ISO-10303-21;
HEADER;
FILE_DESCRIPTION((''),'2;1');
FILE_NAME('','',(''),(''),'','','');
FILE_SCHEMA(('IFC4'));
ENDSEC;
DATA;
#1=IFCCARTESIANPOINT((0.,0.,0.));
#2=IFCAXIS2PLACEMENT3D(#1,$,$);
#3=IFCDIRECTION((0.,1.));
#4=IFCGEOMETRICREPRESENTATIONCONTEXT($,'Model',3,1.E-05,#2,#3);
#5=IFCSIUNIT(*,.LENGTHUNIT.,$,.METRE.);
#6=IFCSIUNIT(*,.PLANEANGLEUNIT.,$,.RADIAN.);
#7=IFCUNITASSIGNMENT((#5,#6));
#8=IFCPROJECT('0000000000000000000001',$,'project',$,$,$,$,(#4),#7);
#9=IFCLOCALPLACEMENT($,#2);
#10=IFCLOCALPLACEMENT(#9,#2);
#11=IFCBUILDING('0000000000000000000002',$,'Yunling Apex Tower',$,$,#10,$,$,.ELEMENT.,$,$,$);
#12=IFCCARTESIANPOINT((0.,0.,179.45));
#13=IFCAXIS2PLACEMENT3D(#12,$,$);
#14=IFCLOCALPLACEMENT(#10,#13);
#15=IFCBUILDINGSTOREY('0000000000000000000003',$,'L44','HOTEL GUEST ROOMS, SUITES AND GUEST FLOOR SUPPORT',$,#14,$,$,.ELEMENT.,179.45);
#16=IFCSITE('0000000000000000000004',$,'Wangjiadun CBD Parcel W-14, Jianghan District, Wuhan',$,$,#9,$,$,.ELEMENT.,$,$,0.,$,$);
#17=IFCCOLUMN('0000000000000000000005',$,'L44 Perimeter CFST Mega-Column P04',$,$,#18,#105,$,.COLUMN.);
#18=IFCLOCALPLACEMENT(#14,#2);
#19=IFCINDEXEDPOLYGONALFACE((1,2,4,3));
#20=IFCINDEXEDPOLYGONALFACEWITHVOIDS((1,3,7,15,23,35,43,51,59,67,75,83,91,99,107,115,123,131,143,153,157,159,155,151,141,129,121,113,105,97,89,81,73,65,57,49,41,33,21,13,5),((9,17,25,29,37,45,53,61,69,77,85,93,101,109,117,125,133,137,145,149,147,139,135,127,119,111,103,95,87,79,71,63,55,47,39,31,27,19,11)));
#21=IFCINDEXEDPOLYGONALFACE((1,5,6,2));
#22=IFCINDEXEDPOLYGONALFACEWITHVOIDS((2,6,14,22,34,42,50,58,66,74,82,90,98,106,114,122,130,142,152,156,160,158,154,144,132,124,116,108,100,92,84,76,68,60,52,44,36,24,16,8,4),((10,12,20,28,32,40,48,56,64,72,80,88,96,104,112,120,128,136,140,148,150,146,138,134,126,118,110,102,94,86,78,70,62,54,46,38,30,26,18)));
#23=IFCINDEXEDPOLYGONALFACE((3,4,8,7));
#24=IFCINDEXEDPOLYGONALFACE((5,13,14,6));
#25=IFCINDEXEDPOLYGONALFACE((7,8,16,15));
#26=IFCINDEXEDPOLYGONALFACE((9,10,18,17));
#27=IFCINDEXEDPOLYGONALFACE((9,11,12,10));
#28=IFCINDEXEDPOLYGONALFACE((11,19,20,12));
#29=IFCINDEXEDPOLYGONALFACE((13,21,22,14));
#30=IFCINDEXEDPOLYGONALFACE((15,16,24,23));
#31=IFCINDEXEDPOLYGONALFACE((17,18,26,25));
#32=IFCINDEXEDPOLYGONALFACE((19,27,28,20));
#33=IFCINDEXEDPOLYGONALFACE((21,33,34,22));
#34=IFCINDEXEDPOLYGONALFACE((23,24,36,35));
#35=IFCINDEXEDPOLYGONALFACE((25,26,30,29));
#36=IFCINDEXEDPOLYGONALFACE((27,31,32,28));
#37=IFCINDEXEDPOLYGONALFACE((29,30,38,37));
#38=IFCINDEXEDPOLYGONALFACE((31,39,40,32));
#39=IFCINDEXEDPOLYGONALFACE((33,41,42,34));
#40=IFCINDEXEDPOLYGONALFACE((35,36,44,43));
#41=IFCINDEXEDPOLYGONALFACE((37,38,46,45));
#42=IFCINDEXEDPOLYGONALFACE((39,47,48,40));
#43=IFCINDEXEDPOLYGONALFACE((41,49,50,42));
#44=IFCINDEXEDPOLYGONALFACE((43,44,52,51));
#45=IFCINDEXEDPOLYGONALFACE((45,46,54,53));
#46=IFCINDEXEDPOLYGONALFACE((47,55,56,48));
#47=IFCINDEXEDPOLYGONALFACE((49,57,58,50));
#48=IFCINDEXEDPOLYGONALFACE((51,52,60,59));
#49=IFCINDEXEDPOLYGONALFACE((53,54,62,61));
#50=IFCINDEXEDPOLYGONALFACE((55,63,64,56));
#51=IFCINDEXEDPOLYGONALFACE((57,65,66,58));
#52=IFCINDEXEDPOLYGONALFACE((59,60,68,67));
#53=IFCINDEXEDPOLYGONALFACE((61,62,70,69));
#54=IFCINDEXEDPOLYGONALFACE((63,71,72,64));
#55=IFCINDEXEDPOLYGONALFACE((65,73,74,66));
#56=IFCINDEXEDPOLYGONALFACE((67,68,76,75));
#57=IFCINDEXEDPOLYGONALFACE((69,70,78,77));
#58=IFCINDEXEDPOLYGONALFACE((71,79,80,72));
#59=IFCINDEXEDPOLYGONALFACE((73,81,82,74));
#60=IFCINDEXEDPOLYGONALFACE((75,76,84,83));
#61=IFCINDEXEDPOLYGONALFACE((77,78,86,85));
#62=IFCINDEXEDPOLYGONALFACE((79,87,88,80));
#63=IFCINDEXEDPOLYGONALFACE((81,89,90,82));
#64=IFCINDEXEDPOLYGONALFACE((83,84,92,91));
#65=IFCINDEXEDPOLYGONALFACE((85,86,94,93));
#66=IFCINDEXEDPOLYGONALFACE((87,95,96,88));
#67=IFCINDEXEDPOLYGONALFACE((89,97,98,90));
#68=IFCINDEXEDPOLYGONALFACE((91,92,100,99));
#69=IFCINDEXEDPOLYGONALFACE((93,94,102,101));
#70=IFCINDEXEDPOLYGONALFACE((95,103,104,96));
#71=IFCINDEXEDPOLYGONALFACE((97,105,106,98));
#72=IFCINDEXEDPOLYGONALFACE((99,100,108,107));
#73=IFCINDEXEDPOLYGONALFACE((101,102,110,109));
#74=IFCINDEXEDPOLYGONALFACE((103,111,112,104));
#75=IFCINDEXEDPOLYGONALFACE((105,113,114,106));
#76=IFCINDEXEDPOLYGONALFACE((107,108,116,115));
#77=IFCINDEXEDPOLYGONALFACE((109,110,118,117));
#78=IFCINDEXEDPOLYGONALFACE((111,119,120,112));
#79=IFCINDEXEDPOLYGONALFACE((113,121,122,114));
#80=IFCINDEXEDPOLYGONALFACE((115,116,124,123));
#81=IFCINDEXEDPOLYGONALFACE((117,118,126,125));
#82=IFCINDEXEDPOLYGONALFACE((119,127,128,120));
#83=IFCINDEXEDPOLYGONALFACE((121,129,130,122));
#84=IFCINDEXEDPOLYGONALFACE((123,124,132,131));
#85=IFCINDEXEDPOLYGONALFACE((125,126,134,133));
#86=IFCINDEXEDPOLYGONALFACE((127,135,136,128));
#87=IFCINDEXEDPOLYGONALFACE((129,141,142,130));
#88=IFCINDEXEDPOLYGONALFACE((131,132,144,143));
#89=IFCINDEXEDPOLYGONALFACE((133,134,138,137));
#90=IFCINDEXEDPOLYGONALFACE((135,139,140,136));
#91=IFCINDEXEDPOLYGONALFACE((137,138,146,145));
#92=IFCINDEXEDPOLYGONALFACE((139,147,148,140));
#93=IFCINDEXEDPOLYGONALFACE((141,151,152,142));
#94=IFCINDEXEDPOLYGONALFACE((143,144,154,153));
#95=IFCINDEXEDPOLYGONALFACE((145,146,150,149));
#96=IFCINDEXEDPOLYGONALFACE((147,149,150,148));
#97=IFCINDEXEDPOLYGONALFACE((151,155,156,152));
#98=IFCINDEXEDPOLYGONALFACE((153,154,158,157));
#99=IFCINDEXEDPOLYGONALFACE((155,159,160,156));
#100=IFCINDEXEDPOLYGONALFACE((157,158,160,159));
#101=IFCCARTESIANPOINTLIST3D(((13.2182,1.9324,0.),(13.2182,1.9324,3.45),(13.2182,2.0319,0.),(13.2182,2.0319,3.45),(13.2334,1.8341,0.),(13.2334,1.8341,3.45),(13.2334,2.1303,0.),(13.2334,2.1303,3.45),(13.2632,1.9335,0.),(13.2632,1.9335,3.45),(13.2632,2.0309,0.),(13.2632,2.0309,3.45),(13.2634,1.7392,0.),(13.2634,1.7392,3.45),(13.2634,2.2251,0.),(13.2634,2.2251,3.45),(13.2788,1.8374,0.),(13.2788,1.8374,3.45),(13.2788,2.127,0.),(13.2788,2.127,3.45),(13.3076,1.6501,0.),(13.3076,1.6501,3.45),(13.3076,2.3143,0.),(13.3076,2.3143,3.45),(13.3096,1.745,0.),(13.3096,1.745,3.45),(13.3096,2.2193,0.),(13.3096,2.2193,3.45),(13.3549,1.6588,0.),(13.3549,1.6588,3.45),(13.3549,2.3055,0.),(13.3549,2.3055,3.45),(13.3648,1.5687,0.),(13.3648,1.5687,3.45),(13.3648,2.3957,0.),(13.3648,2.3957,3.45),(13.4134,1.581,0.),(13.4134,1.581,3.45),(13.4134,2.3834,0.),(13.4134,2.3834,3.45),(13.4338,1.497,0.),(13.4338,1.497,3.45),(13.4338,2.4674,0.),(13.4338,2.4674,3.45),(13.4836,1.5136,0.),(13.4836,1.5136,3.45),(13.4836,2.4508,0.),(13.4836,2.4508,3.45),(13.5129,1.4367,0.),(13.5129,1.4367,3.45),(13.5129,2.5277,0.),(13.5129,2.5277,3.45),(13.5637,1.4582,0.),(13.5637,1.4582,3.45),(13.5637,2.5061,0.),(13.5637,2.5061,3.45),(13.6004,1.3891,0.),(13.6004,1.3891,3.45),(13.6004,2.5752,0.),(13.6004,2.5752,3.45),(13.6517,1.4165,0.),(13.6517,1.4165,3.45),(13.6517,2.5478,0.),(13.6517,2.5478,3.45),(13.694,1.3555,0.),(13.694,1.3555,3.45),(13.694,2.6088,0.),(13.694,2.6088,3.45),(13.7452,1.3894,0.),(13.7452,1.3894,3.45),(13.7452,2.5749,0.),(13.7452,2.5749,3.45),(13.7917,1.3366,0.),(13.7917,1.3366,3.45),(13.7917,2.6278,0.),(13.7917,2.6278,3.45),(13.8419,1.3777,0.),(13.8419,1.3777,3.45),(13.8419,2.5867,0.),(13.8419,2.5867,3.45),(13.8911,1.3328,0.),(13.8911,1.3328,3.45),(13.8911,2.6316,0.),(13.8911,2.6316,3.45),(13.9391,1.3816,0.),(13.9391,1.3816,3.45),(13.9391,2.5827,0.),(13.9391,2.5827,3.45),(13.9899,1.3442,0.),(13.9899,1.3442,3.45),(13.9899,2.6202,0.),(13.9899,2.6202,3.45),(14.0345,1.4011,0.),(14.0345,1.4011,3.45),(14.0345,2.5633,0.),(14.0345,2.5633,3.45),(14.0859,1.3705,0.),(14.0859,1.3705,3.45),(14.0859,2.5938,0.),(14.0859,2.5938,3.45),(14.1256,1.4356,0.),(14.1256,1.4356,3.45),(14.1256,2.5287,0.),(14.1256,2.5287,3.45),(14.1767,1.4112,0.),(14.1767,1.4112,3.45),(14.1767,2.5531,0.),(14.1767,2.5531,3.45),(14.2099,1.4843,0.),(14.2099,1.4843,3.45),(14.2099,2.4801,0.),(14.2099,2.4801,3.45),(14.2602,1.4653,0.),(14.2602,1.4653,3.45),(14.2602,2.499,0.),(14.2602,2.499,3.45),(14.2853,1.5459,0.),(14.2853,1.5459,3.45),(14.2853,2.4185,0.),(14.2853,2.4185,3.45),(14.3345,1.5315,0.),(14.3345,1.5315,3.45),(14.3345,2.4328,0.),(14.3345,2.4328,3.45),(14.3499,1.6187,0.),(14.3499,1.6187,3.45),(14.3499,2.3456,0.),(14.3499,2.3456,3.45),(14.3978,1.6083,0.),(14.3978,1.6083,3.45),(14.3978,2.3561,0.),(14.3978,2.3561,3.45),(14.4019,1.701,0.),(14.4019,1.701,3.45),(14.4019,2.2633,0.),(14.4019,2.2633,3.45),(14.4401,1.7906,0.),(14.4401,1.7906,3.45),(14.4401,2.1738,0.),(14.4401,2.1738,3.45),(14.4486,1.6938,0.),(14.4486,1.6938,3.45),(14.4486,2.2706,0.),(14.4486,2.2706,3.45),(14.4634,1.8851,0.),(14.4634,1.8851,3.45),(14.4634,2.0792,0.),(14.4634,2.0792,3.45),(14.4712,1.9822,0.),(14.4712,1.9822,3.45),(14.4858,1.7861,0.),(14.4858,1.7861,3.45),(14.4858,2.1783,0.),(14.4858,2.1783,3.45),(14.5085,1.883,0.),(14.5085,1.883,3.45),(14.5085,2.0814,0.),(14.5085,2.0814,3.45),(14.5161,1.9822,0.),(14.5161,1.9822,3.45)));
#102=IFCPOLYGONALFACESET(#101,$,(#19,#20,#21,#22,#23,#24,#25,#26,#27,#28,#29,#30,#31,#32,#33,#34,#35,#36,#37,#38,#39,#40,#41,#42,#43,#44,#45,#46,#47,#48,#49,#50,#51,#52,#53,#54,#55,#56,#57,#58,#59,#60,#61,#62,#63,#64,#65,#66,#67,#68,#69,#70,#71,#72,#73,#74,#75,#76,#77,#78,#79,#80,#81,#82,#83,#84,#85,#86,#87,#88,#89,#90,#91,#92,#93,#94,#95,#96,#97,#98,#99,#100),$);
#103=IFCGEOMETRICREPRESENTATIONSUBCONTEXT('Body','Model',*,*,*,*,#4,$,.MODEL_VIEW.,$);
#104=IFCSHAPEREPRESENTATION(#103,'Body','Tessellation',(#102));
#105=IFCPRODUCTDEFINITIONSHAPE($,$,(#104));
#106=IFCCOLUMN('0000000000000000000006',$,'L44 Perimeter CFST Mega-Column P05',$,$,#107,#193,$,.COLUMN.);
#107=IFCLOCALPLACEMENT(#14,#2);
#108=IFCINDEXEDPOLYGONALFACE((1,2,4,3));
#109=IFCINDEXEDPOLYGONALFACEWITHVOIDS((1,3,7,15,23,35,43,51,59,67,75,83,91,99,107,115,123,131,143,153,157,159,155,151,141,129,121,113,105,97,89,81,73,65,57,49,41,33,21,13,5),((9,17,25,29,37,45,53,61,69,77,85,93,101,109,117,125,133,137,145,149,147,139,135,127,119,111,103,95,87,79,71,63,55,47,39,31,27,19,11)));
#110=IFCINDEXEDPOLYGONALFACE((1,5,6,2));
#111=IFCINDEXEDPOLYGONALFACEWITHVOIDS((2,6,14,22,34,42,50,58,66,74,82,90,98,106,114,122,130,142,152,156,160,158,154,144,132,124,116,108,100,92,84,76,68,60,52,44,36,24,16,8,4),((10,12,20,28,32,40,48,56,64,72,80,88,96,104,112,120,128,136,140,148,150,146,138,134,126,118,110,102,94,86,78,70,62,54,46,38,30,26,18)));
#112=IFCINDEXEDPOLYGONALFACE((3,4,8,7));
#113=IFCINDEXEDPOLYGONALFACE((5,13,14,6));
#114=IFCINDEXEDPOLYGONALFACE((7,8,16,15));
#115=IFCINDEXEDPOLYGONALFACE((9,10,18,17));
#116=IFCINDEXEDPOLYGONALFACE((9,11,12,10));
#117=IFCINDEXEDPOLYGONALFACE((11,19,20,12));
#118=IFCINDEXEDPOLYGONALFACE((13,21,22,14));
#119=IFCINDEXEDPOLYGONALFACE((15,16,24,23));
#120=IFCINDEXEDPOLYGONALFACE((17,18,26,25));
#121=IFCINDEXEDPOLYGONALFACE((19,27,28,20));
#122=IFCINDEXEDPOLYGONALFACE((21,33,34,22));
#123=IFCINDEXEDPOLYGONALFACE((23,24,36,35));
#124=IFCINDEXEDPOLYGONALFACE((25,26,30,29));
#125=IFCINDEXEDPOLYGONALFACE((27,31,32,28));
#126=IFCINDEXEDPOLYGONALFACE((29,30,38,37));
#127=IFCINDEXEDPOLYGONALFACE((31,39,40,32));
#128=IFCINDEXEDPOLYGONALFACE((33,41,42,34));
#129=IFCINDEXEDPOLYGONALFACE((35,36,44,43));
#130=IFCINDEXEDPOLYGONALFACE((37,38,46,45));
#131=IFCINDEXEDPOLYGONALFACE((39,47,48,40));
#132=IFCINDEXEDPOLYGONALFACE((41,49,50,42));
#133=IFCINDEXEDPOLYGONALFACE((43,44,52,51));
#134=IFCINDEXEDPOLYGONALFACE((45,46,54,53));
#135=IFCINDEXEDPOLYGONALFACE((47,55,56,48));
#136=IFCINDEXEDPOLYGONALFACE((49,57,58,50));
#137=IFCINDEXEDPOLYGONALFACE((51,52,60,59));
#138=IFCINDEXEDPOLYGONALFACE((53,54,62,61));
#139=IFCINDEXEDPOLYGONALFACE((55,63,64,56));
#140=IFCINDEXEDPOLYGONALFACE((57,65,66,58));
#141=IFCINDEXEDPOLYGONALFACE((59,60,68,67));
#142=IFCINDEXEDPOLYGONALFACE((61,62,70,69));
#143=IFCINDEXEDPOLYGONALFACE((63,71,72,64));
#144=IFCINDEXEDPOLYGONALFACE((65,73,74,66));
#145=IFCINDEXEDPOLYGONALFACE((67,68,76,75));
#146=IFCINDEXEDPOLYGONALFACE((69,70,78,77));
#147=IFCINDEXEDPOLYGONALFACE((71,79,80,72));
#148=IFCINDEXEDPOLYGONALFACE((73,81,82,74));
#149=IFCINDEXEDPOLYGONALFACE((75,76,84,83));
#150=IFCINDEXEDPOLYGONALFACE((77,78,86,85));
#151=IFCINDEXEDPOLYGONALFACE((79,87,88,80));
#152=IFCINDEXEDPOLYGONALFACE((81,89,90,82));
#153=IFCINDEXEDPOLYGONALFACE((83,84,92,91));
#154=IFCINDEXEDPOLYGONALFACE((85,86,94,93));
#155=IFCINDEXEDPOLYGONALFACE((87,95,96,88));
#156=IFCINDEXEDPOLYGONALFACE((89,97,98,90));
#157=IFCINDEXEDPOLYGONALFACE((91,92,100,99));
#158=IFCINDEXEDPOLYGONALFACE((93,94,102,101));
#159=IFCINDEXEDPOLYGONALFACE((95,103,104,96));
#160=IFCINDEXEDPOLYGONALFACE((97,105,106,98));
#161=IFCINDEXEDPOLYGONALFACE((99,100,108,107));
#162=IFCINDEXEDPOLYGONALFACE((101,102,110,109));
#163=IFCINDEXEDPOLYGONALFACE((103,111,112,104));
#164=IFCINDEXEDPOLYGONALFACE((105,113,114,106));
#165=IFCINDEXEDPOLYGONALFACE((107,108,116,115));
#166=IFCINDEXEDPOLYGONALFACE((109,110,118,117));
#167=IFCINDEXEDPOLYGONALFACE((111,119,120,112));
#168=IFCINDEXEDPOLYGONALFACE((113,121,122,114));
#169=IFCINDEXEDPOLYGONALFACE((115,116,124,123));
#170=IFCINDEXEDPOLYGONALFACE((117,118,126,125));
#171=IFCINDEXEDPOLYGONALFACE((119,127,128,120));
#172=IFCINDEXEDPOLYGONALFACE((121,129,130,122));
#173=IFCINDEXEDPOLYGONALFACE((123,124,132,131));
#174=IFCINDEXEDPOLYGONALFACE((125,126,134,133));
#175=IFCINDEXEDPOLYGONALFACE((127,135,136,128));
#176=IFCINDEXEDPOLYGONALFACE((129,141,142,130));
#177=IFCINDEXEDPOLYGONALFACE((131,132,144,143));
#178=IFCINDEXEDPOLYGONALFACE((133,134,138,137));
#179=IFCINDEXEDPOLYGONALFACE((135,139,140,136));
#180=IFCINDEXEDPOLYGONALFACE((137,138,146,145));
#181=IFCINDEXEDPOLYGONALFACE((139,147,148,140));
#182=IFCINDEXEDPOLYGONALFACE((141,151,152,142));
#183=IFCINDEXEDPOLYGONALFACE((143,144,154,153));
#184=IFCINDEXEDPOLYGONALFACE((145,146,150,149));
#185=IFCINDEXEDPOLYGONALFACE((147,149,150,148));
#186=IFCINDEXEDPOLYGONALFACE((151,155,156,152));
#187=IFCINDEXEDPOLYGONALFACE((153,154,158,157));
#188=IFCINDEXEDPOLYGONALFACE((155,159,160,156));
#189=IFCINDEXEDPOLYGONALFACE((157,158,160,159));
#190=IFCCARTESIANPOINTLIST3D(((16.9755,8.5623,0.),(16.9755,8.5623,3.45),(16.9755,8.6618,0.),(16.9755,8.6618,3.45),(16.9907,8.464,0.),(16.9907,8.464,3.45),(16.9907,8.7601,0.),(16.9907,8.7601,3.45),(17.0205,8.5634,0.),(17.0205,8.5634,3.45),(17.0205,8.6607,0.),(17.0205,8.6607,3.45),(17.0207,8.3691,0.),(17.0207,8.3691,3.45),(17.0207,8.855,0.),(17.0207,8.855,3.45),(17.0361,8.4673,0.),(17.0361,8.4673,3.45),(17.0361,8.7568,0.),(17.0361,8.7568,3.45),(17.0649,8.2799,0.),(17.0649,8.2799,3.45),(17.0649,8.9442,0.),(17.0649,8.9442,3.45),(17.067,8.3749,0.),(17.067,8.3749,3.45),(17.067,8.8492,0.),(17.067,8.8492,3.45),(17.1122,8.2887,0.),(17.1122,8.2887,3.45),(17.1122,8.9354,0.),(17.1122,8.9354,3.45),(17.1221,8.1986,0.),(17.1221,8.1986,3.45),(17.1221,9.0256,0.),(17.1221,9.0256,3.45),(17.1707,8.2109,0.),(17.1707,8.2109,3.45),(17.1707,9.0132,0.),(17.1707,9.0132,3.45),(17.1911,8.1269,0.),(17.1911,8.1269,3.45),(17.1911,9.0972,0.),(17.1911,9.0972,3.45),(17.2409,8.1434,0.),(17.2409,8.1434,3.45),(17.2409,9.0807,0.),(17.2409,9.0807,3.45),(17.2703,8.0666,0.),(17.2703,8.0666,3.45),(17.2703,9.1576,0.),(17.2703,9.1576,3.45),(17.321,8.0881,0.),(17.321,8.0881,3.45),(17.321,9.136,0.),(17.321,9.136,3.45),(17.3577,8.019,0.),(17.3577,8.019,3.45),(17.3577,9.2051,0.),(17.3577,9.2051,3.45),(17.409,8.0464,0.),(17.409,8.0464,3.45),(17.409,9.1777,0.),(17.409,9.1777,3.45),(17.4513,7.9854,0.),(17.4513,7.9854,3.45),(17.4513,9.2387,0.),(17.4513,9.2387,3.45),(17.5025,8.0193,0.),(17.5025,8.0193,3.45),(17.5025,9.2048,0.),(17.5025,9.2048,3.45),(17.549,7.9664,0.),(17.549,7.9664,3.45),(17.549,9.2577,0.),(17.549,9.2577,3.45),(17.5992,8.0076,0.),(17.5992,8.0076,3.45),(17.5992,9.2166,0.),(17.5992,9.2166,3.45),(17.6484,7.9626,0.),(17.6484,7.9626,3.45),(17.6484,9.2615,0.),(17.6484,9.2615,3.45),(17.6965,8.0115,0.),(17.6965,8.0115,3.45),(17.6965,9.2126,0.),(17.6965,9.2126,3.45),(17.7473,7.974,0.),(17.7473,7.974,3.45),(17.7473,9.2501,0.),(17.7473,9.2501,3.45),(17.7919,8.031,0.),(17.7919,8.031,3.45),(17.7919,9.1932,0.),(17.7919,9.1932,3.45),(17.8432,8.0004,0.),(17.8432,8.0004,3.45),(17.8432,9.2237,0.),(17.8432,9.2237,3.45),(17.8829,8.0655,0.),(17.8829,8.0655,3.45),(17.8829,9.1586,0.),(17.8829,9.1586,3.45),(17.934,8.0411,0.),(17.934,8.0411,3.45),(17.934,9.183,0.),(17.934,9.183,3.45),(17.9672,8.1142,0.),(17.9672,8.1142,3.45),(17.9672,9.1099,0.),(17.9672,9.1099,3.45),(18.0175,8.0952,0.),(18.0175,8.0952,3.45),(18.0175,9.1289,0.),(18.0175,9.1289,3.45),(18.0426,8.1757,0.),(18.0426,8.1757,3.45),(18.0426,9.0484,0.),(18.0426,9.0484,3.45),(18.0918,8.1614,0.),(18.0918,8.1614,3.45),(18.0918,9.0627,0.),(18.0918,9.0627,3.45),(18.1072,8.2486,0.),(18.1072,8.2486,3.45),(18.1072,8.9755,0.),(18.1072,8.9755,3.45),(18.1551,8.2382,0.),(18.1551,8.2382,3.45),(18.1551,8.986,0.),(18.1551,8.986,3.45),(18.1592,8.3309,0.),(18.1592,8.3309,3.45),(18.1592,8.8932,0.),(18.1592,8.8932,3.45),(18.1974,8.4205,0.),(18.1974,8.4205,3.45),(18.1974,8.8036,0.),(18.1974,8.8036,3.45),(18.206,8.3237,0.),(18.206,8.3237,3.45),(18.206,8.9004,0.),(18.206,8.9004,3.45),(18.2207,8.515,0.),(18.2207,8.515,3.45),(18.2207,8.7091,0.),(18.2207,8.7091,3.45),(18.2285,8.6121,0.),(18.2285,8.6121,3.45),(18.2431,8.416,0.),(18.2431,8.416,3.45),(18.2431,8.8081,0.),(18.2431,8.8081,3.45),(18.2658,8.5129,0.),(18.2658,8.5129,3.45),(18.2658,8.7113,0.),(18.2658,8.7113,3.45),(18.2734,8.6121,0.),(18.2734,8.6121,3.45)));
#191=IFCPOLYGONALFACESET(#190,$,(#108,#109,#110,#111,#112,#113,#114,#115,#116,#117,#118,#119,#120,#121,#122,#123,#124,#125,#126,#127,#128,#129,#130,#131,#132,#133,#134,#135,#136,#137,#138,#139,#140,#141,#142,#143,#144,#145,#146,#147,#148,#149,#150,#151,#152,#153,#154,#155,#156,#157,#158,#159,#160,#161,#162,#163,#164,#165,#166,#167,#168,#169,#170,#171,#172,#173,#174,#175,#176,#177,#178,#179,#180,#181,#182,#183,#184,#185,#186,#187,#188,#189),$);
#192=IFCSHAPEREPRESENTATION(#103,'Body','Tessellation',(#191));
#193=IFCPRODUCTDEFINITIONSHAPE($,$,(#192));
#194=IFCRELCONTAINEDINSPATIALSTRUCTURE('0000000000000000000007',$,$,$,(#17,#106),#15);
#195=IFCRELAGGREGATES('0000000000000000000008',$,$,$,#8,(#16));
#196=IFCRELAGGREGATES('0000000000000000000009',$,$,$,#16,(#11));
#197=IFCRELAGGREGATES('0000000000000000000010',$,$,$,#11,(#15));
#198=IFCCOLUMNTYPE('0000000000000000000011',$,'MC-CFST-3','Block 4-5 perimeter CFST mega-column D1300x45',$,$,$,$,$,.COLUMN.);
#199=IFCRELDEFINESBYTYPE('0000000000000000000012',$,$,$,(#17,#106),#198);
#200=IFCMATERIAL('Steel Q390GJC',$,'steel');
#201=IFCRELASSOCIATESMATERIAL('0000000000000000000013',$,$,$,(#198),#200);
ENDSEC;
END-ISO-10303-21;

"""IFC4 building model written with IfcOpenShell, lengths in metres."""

from ifc_helpers import new_model, si_unit, direction, frame, origin, origin_2d, place, context, subcontext, project, spatial, hollow_circle, extrude, source, transform, mapped, material, material_profile, profile_set, type_object, element, save


model = new_model("IFC4")

# Units and contexts
model_context = context("Model", 3, precision=1e-05, world=origin(), true_north=direction((0.0, 1.0)))
body_context = subcontext(model_context, "Body", "Model", "MODEL_VIEW")
ifc_project = project(units=[si_unit("LENGTHUNIT", "METRE"), si_unit("PLANEANGLEUNIT", "RADIAN")], contexts=[model_context])

# Site, building, storey
site_placement = place(None, origin())
site = spatial("IfcSite", under=ifc_project, at=site_placement, Name="Wangjiadun CBD Parcel W-14, Jianghan District, Wuhan", CompositionType="ELEMENT", RefElevation=0.0)
building_placement = place(site_placement, origin())
building = spatial("IfcBuilding", under=site, at=building_placement, Name="Yunling Apex Tower", CompositionType="ELEMENT")
storey_placement = place(building_placement, frame((0.0, 0.0, 179.45)))
storey = spatial("IfcBuildingStorey", under=building, at=storey_placement, Name="L44", Description="HOTEL GUEST ROOMS, SUITES AND GUEST FLOOR SUPPORT", CompositionType="ELEMENT", Elevation=179.45)

# Columns
ifc_material_1 = material(Name="Steel Q390GJC", Category="steel")
ifc_material_profile_1 = material_profile(ifc_material_1, hollow_circle(Radius=0.6499, WallThickness=0.0449, at=origin_2d()))
ifc_profile_set_1 = profile_set([ifc_material_profile_1], Name="Steel Q390GJC")
column_type = type_object("IfcColumnType", Name="MC-CFST-3", Description="Block 4-5 perimeter CFST mega-column D1300x45", PredefinedType="COLUMN", material=ifc_profile_set_1)
shared_shape_1 = source(origin(), body_context, "Body", "SweptSolid", [
    extrude(hollow_circle(Radius=0.6499, WallThickness=0.0449, at=origin_2d()), origin(), (0.0, 0.0, 1.0), 3.45),
])
for number, where, z_axis, x_axis, name in (
    (1, (13.8662, 1.9822, 0.0), (0.0, 0.0, 1.0), (1.0, 0.0, 0.0), "L44 Perimeter CFST Mega-Column P04"),
    (2, (17.6235, 8.6121, 0.0), (0.0, 0.0, 1.0), (1.0, 0.0, 0.0), "L44 Perimeter CFST Mega-Column P05"),
):
    element("IfcColumn", number, at=place(storey_placement, frame(where, z_axis=z_axis, x_axis=x_axis)), inside=storey, type_object=column_type, Name=name, PredefinedType="COLUMN", context=body_context, shape_type="MappedRepresentation", body=[
        mapped(shared_shape_1, transform((0.0, 0.0, 0.0), scale=1.0)),
    ])

save(model, "model.ifc")
